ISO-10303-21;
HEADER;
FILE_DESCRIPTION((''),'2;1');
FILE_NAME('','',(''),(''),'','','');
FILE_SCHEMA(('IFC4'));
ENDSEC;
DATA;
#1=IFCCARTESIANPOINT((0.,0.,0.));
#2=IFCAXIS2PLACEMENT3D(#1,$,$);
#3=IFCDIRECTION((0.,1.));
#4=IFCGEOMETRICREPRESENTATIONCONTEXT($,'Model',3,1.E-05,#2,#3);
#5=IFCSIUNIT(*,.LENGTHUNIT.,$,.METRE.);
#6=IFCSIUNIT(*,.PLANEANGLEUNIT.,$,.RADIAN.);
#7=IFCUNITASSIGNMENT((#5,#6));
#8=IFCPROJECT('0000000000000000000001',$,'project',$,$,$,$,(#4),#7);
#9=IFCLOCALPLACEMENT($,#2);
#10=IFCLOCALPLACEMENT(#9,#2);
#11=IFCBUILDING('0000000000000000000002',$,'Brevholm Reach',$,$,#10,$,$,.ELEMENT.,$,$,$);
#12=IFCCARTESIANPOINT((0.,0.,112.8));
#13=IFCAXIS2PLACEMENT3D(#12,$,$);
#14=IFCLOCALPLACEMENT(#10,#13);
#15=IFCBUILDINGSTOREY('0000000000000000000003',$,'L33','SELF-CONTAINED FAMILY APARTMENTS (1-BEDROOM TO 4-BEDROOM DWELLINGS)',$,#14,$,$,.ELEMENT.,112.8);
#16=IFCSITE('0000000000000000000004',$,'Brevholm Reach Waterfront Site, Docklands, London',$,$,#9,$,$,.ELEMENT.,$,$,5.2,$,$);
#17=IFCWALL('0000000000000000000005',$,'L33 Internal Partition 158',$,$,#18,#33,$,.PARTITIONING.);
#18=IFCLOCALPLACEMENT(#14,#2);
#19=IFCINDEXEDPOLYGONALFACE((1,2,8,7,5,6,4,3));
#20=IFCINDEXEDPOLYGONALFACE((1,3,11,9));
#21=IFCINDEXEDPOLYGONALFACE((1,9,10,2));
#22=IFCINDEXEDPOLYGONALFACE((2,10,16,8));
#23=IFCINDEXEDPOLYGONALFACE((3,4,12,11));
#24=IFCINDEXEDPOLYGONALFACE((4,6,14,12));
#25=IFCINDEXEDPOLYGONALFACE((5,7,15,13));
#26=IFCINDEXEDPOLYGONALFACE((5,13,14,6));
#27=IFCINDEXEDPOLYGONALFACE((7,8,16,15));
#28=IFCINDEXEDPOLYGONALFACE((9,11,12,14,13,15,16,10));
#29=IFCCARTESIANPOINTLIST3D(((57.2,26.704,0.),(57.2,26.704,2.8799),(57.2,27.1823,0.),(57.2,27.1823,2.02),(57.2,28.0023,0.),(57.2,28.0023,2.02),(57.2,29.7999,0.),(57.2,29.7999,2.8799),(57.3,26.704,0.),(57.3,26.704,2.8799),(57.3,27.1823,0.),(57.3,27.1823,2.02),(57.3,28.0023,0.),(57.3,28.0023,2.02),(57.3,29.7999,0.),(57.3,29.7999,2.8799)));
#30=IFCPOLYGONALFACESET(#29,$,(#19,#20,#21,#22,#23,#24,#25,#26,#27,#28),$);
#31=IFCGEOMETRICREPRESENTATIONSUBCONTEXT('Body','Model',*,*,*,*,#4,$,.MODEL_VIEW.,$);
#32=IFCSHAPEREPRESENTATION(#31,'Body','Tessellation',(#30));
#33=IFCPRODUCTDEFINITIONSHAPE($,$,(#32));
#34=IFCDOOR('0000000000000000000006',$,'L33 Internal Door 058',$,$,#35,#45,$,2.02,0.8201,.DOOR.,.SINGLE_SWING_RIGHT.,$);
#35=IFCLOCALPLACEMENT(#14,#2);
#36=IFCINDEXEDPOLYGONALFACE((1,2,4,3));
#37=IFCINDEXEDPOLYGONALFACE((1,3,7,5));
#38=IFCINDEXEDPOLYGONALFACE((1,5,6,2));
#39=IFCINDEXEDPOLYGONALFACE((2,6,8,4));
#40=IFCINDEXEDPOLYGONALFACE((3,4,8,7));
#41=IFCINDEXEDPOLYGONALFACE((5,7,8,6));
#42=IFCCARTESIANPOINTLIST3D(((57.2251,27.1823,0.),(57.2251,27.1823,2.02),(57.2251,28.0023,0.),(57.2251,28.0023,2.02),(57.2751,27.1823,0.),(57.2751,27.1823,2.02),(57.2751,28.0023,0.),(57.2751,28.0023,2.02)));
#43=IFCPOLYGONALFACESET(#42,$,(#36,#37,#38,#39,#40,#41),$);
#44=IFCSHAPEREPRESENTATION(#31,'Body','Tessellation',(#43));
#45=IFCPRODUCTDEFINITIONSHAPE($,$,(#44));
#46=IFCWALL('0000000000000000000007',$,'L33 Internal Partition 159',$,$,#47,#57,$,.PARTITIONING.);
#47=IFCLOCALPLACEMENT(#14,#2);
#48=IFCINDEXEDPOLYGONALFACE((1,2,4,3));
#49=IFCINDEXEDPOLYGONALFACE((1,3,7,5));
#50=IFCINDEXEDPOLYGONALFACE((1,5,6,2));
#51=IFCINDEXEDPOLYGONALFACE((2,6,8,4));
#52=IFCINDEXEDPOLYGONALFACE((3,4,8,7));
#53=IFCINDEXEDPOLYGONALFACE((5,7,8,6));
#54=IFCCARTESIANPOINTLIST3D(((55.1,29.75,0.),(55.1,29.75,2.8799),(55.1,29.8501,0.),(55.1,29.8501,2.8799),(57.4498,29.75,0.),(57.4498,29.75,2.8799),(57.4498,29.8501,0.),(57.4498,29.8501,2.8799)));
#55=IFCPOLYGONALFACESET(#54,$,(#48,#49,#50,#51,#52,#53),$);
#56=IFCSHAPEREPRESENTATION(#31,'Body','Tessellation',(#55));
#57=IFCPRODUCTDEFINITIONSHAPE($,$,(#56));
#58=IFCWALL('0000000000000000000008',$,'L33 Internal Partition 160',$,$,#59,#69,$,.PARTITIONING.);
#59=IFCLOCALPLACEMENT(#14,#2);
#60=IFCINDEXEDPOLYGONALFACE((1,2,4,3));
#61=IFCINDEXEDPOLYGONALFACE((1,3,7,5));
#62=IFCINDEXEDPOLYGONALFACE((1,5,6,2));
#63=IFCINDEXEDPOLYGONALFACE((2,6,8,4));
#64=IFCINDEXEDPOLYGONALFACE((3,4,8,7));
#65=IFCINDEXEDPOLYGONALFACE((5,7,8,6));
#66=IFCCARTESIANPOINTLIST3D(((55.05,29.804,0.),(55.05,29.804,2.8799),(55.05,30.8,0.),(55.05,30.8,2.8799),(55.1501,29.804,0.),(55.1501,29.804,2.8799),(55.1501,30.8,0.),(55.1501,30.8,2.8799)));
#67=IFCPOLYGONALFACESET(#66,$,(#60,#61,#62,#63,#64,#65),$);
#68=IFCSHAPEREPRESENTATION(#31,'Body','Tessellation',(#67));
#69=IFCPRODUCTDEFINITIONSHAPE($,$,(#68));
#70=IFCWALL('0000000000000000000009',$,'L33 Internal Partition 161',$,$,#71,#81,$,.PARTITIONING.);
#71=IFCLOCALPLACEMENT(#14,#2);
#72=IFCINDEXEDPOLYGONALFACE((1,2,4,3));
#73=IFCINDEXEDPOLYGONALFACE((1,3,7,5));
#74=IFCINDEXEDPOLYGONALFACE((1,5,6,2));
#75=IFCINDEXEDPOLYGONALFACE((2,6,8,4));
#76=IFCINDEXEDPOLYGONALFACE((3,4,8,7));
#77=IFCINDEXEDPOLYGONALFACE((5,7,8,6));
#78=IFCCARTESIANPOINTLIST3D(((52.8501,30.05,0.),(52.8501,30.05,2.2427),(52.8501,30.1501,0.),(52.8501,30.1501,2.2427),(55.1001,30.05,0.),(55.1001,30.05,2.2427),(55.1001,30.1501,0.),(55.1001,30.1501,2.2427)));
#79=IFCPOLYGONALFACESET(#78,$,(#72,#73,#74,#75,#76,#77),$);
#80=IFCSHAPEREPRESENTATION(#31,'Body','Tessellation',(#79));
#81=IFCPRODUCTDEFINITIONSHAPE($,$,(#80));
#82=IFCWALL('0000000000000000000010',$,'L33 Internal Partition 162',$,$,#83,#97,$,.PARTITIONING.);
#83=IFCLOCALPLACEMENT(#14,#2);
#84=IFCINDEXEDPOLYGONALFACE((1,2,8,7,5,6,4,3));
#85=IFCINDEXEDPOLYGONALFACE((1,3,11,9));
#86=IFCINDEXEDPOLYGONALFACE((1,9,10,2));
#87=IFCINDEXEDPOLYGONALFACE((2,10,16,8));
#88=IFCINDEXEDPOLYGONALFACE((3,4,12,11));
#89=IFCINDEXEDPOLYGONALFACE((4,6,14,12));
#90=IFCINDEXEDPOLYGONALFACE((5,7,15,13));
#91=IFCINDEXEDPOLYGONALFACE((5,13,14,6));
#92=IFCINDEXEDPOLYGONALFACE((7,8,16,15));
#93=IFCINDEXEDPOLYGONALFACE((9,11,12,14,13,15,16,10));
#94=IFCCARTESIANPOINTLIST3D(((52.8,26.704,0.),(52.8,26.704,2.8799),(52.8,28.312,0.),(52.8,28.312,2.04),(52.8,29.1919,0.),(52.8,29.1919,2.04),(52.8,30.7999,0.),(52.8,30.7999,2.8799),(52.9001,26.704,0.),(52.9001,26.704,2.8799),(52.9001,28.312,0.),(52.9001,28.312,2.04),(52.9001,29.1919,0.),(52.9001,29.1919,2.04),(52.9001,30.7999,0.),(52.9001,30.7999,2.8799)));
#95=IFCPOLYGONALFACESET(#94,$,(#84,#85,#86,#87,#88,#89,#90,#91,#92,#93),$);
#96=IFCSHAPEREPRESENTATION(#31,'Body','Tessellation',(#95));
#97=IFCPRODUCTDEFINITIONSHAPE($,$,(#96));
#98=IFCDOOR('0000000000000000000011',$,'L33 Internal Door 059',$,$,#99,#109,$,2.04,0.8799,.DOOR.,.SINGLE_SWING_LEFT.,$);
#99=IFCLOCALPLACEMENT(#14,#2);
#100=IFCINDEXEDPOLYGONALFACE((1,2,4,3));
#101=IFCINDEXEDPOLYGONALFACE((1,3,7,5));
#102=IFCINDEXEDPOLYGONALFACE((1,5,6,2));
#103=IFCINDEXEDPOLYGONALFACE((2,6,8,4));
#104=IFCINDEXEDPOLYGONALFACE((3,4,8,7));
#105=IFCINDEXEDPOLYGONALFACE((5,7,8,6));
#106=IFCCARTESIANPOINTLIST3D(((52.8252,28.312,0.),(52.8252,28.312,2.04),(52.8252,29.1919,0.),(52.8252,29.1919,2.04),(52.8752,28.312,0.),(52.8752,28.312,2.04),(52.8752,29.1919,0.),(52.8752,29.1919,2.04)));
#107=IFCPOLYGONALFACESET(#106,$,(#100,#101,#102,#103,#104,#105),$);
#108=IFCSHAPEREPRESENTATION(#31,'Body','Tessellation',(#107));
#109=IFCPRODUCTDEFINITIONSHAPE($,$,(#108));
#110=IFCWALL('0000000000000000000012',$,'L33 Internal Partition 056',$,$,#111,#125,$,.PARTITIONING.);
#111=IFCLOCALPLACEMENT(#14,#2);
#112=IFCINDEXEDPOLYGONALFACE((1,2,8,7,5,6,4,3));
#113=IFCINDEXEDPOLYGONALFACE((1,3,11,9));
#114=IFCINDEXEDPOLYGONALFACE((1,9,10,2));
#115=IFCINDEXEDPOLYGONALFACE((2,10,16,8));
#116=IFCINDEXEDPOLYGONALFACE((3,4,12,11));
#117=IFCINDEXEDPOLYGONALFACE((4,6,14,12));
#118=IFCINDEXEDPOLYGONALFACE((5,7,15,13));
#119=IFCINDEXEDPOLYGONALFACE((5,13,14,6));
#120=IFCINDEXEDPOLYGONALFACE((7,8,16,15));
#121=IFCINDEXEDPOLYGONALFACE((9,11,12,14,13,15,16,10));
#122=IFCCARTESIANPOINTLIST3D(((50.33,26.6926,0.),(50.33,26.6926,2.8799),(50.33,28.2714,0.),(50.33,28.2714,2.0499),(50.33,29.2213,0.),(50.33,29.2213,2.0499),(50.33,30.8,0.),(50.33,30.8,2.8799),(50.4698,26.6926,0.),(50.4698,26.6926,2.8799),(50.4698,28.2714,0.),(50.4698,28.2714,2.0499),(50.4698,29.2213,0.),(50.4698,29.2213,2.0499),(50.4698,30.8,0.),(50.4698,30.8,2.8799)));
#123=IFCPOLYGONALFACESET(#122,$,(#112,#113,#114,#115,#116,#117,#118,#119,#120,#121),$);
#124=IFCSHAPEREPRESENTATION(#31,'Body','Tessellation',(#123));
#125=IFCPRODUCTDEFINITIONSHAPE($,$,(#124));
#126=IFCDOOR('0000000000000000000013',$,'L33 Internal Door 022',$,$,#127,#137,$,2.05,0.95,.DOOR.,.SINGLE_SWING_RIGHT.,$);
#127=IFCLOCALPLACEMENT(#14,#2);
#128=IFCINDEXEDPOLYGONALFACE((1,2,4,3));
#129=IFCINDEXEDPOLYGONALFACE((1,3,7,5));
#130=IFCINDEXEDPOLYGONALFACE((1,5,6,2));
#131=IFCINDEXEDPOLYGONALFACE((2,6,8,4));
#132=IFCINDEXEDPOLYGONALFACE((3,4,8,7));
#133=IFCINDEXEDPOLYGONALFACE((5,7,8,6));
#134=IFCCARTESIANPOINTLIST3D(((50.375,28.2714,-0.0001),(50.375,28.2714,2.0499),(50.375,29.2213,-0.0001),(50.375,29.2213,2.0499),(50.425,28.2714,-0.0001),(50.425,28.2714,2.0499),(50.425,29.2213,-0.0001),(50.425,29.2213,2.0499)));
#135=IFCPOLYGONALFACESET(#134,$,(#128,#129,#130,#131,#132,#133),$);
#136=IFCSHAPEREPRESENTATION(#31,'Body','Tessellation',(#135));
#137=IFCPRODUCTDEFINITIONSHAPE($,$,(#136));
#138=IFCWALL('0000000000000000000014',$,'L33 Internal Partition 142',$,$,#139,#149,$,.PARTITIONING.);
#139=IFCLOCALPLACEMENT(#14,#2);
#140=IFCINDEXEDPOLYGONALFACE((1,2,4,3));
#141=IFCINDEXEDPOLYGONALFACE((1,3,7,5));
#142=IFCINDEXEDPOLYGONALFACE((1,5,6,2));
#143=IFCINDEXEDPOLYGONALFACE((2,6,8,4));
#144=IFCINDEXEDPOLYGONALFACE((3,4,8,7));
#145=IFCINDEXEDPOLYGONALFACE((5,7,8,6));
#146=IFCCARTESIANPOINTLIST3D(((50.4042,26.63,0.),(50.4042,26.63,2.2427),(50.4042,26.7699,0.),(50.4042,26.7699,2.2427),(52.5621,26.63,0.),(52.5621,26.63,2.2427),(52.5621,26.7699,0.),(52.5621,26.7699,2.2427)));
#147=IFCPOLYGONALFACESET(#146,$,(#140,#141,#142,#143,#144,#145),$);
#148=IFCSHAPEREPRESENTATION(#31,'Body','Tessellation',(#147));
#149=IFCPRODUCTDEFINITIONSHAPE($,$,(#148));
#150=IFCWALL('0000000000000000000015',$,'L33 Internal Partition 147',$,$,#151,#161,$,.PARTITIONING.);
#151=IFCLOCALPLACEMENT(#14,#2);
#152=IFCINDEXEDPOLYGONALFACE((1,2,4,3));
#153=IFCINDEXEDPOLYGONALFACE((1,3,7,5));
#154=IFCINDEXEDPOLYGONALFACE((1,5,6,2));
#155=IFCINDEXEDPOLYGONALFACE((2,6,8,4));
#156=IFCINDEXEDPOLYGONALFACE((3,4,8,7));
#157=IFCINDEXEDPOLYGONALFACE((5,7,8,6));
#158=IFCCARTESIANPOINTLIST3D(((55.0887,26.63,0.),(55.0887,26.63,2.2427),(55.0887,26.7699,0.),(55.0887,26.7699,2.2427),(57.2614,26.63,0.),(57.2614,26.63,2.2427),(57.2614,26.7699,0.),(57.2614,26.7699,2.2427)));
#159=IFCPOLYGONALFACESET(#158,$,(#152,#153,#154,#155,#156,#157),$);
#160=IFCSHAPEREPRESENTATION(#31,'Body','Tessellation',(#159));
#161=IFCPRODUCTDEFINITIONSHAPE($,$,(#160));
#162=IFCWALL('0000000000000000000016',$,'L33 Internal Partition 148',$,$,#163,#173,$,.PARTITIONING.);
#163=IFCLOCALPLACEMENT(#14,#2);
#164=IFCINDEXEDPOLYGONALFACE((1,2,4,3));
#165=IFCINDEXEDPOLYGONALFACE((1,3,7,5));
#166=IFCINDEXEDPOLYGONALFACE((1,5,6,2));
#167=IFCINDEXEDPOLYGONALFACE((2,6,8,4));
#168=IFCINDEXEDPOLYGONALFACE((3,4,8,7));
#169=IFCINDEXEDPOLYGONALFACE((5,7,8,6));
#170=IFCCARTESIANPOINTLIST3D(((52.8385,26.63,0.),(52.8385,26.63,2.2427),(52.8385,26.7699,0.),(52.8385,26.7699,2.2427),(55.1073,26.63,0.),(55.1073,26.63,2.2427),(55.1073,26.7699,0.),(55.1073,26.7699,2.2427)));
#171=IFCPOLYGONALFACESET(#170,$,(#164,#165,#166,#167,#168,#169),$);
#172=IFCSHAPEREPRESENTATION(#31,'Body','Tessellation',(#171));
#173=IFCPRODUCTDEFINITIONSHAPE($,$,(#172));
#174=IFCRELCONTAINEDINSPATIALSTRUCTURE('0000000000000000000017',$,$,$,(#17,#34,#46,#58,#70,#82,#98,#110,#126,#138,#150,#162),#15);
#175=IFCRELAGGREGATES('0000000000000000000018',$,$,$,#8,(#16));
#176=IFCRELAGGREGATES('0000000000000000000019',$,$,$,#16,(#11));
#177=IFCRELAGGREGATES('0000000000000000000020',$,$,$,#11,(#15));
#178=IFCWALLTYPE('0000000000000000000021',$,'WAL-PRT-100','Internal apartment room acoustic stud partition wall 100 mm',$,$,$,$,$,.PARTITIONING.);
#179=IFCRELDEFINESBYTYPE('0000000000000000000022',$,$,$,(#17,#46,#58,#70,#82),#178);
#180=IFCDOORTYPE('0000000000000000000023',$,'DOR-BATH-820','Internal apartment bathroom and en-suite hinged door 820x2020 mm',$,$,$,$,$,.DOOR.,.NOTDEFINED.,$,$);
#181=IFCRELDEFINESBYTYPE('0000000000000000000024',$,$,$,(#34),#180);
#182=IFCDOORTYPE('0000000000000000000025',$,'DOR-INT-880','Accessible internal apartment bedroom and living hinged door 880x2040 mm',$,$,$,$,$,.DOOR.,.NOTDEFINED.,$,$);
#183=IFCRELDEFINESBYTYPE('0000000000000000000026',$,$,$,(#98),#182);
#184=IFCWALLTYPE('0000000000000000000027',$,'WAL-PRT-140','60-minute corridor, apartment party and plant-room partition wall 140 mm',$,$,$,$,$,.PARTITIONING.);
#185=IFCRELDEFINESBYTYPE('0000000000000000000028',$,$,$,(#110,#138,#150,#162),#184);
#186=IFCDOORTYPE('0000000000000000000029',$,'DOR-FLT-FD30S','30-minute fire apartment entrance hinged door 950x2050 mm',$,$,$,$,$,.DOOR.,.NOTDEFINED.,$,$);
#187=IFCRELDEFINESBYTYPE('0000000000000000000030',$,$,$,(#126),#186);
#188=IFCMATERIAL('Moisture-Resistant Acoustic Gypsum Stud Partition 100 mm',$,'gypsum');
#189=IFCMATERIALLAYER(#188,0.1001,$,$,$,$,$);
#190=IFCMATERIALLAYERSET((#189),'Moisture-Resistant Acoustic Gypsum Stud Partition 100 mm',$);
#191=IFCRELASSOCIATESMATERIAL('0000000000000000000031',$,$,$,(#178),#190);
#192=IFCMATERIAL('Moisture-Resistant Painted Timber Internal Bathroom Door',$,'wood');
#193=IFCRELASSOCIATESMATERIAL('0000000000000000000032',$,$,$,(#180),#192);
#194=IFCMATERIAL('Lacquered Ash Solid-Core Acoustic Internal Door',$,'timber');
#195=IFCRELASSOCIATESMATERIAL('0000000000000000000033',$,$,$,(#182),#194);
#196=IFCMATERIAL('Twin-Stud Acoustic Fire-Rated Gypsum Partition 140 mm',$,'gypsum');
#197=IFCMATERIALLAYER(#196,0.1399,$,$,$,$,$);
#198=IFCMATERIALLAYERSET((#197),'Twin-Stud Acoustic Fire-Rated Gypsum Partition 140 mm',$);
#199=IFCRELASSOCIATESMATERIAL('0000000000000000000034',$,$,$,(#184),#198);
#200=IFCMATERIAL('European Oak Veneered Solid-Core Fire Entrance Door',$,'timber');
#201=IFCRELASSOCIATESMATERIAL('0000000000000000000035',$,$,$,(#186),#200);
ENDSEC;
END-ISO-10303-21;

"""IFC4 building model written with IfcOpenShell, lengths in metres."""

from ifc_helpers import new_model, si_unit, direction, frame, frame_2d, origin, place, context, subcontext, project, spatial, rectangle, extrude, material, layer, layer_set, type_object, element, fill, save


model = new_model("IFC4")

# Units and contexts
model_context = context("Model", 3, precision=1e-05, world=origin(), true_north=direction((0.0, 1.0)))
body_context = subcontext(model_context, "Body", "Model", "MODEL_VIEW")
ifc_project = project(units=[si_unit("LENGTHUNIT", "METRE"), si_unit("PLANEANGLEUNIT", "RADIAN")], contexts=[model_context])

# Site, building, storey
site_placement = place(None, origin())
site = spatial("IfcSite", under=ifc_project, at=site_placement, Name="Brevholm Reach Waterfront Site, Docklands, London", CompositionType="ELEMENT", RefElevation=5.2)
building_placement = place(site_placement, origin())
building = spatial("IfcBuilding", under=site, at=building_placement, Name="Brevholm Reach", CompositionType="ELEMENT")
storey_placement = place(building_placement, frame((0.0, 0.0, 112.8)))
storey = spatial("IfcBuildingStorey", under=building, at=storey_placement, Name="L33", Description="SELF-CONTAINED FAMILY APARTMENTS (1-BEDROOM TO 4-BEDROOM DWELLINGS)", CompositionType="ELEMENT", Elevation=112.8)

# Shared definitions
ifc_material_1 = material(Name="Moisture-Resistant Acoustic Gypsum Stud Partition 100 mm", Category="gypsum")
ifc_layer_1 = layer(ifc_material_1, 0.1001)
ifc_layer_set_1 = layer_set([ifc_layer_1], Name="Moisture-Resistant Acoustic Gypsum Stud Partition 100 mm")
wall_type_1 = type_object("IfcWallType", Name="WAL-PRT-100", Description="Internal apartment room acoustic stud partition wall 100 mm", PredefinedType="PARTITIONING", material=ifc_layer_set_1)

# Wall, opening, door
wall_1_placement = place(storey_placement, frame((57.25, 26.7041, 0.0), z_axis=(0.0, 0.0, 1.0), x_axis=(0.0, 1.0, 0.0)))
wall_1 = element("IfcWall", 1, at=wall_1_placement, inside=storey, type_object=wall_type_1, Name="L33 Internal Partition 158", PredefinedType="PARTITIONING", context=body_context, shape_type="SweptSolid", body=[
    extrude(rectangle(XDim=3.0959, YDim=0.1001, at=frame_2d((1.5479, 0.0))), origin(), (0.0, 0.0, 1.0), 2.8799),
])
opening_1_placement = place(wall_1_placement, frame((0.478, 0.0, 0.0)))
opening_1 = element("IfcOpeningElement", 2, at=opening_1_placement, cuts=wall_1, PredefinedType="OPENING", context=body_context, shape_type="SweptSolid", body=[
    extrude(rectangle(XDim=0.8201, YDim=2.02, at=frame_2d((0.4102, 1.01))), frame((0.0, 0.0601, 0.0), z_axis=(0.0, -1.0, 0.0), x_axis=(1.0, 0.0, 0.0)), (0.0, 0.0, 1.0), 0.1201),
])
ifc_material_2 = material(Name="Moisture-Resistant Painted Timber Internal Bathroom Door", Category="wood")
door_type_1 = type_object("IfcDoorType", Name="DOR-BATH-820", Description="Internal apartment bathroom and en-suite hinged door 820x2020 mm", OperationType="NOTDEFINED", PredefinedType="DOOR", material=ifc_material_2)
door_1_placement = place(opening_1_placement, origin())
door_1 = element("IfcDoor", 3, at=door_1_placement, inside=storey, type_object=door_type_1, Name="L33 Internal Door 058", OperationType="SINGLE_SWING_RIGHT", OverallHeight=2.02, OverallWidth=0.8201, PredefinedType="DOOR", context=body_context, shape_type="SweptSolid", body=[
    extrude(rectangle(XDim=0.8201, YDim=2.02, at=frame_2d((0.4102, 1.01))), frame((0.0, 0.0249, 0.0), z_axis=(0.0, -1.0, 0.0), x_axis=(1.0, 0.0, 0.0)), (0.0, 0.0, 1.0), 0.05),
])
fill(opening_1, door_1)

# Walls
wall_2_placement = place(storey_placement, frame((55.1001, 29.8, 0.0), z_axis=(0.0, 0.0, 1.0), x_axis=(1.0, 0.0, 0.0)))
element("IfcWall", 4, at=wall_2_placement, inside=storey, type_object=wall_type_1, Name="L33 Internal Partition 159", PredefinedType="PARTITIONING", context=body_context, shape_type="SweptSolid", body=[
    extrude(rectangle(XDim=2.3499, YDim=0.1001, at=frame_2d((1.1748, 0.0))), origin(), (0.0, 0.0, 1.0), 2.8799),
])
wall_3_placement = place(storey_placement, frame((55.1001, 29.804, 0.0), z_axis=(0.0, 0.0, 1.0), x_axis=(0.0, 1.0, 0.0)))
element("IfcWall", 5, at=wall_3_placement, inside=storey, type_object=wall_type_1, Name="L33 Internal Partition 160", PredefinedType="PARTITIONING", context=body_context, shape_type="SweptSolid", body=[
    extrude(rectangle(XDim=0.9961, YDim=0.1001, at=frame_2d((0.498, 0.0))), origin(), (0.0, 0.0, 1.0), 2.8799),
])
wall_4_placement = place(storey_placement, frame((52.8501, 30.1001, 0.0), z_axis=(0.0, 0.0, 1.0), x_axis=(1.0, 0.0, 0.0)))
element("IfcWall", 6, at=wall_4_placement, inside=storey, type_object=wall_type_1, Name="L33 Internal Partition 161", PredefinedType="PARTITIONING", context=body_context, shape_type="SweptSolid", body=[
    extrude(rectangle(XDim=2.25, YDim=0.1001, at=frame_2d((1.125, 0.0))), origin(), (0.0, 0.0, 1.0), 2.2427),
])

# Walls, openings, doors
wall_5_placement = place(storey_placement, frame((52.8501, 26.7041, 0.0), z_axis=(0.0, 0.0, 1.0), x_axis=(0.0, 1.0, 0.0)))
wall_5 = element("IfcWall", 7, at=wall_5_placement, inside=storey, type_object=wall_type_1, Name="L33 Internal Partition 162", PredefinedType="PARTITIONING", context=body_context, shape_type="SweptSolid", body=[
    extrude(rectangle(XDim=4.0959, YDim=0.1001, at=frame_2d((2.0479, 0.0))), origin(), (0.0, 0.0, 1.0), 2.8799),
])
opening_2_placement = place(wall_5_placement, frame((1.6079, 0.0, 0.0)))
opening_2 = element("IfcOpeningElement", 8, at=opening_2_placement, cuts=wall_5, PredefinedType="OPENING", context=body_context, shape_type="SweptSolid", body=[
    extrude(rectangle(XDim=0.8799, YDim=2.04, at=frame_2d((0.4399, 1.02))), frame((0.0, 0.0601, 0.0), z_axis=(0.0, -1.0, 0.0), x_axis=(1.0, 0.0, 0.0)), (0.0, 0.0, 1.0), 0.1201),
])
ifc_material_3 = material(Name="Lacquered Ash Solid-Core Acoustic Internal Door", Category="timber")
door_type_2 = type_object("IfcDoorType", Name="DOR-INT-880", Description="Accessible internal apartment bedroom and living hinged door 880x2040 mm", OperationType="NOTDEFINED", PredefinedType="DOOR", material=ifc_material_3)
door_2_placement = place(opening_2_placement, origin())
door_2 = element("IfcDoor", 9, at=door_2_placement, inside=storey, type_object=door_type_2, Name="L33 Internal Door 059", OperationType="SINGLE_SWING_LEFT", OverallHeight=2.04, OverallWidth=0.8799, PredefinedType="DOOR", context=body_context, shape_type="SweptSolid", body=[
    extrude(rectangle(XDim=0.8799, YDim=2.04, at=frame_2d((0.4399, 1.02))), frame((0.0, 0.0249, 0.0), z_axis=(0.0, -1.0, 0.0), x_axis=(1.0, 0.0, 0.0)), (0.0, 0.0, 1.0), 0.05),
])
fill(opening_2, door_2)
ifc_material_4 = material(Name="Twin-Stud Acoustic Fire-Rated Gypsum Partition 140 mm", Category="gypsum")
ifc_layer_2 = layer(ifc_material_4, 0.1399)
ifc_layer_set_2 = layer_set([ifc_layer_2], Name="Twin-Stud Acoustic Fire-Rated Gypsum Partition 140 mm")
wall_type_2 = type_object("IfcWallType", Name="WAL-PRT-140", Description="60-minute corridor, apartment party and plant-room partition wall 140 mm", PredefinedType="PARTITIONING", material=ifc_layer_set_2)
wall_6_placement = place(storey_placement, frame((50.3999, 26.6926, 0.0), z_axis=(0.0, 0.0, 1.0), x_axis=(0.0, 1.0, 0.0)))
wall_6 = element("IfcWall", 10, at=wall_6_placement, inside=storey, type_object=wall_type_2, Name="L33 Internal Partition 056", PredefinedType="PARTITIONING", context=body_context, shape_type="SweptSolid", body=[
    extrude(rectangle(XDim=4.1074, YDim=0.1399, at=frame_2d((2.0537, 0.0))), origin(), (0.0, 0.0, 1.0), 2.8799),
])
opening_3_placement = place(wall_6_placement, frame((1.5786, 0.0, 0.0)))
opening_3 = element("IfcOpeningElement", 11, at=opening_3_placement, cuts=wall_6, PredefinedType="OPENING", context=body_context, shape_type="SweptSolid", body=[
    extrude(rectangle(XDim=0.95, YDim=2.05, at=frame_2d((0.4751, 1.0249))), frame((0.0, 0.0798, 0.0), z_axis=(0.0, -1.0, 0.0), x_axis=(1.0, 0.0, 0.0)), (0.0, 0.0, 1.0), 0.1599),
])
ifc_material_5 = material(Name="European Oak Veneered Solid-Core Fire Entrance Door", Category="timber")
door_type_3 = type_object("IfcDoorType", Name="DOR-FLT-FD30S", Description="30-minute fire apartment entrance hinged door 950x2050 mm", OperationType="NOTDEFINED", PredefinedType="DOOR", material=ifc_material_5)
door_3_placement = place(opening_3_placement, origin())
door_3 = element("IfcDoor", 12, at=door_3_placement, inside=storey, type_object=door_type_3, Name="L33 Internal Door 022", OperationType="SINGLE_SWING_RIGHT", OverallHeight=2.05, OverallWidth=0.95, PredefinedType="DOOR", context=body_context, shape_type="SweptSolid", body=[
    extrude(rectangle(XDim=0.95, YDim=2.05, at=frame_2d((0.4751, 1.0249))), frame((0.0, 0.0249, 0.0), z_axis=(0.0, -1.0, 0.0), x_axis=(1.0, 0.0, 0.0)), (0.0, 0.0, 1.0), 0.05),
])
fill(opening_3, door_3)

# Walls
wall_7_placement = place(storey_placement, frame((50.4041, 26.7, 0.0), z_axis=(0.0, 0.0, 1.0), x_axis=(1.0, 0.0, 0.0)))
element("IfcWall", 13, at=wall_7_placement, inside=storey, type_object=wall_type_2, Name="L33 Internal Partition 142", PredefinedType="PARTITIONING", context=body_context, shape_type="SweptSolid", body=[
    extrude(rectangle(XDim=2.158, YDim=0.1399, at=frame_2d((1.0791, 0.0))), origin(), (0.0, 0.0, 1.0), 2.2427),
])
wall_8_placement = place(storey_placement, frame((55.0886, 26.7, 0.0), z_axis=(0.0, 0.0, 1.0), x_axis=(1.0, 0.0, 0.0)))
element("IfcWall", 14, at=wall_8_placement, inside=storey, type_object=wall_type_2, Name="L33 Internal Partition 147", PredefinedType="PARTITIONING", context=body_context, shape_type="SweptSolid", body=[
    extrude(rectangle(XDim=2.1726, YDim=0.1399, at=frame_2d((1.0864, 0.0))), origin(), (0.0, 0.0, 1.0), 2.2427),
])
wall_9_placement = place(storey_placement, frame((52.8386, 26.7, 0.0), z_axis=(0.0, 0.0, 1.0), x_axis=(1.0, 0.0, 0.0)))
element("IfcWall", 15, at=wall_9_placement, inside=storey, type_object=wall_type_2, Name="L33 Internal Partition 148", PredefinedType="PARTITIONING", context=body_context, shape_type="SweptSolid", body=[
    extrude(rectangle(XDim=2.2688, YDim=0.1399, at=frame_2d((1.1343, 0.0))), origin(), (0.0, 0.0, 1.0), 2.2427),
])

save(model, "model.ifc")
